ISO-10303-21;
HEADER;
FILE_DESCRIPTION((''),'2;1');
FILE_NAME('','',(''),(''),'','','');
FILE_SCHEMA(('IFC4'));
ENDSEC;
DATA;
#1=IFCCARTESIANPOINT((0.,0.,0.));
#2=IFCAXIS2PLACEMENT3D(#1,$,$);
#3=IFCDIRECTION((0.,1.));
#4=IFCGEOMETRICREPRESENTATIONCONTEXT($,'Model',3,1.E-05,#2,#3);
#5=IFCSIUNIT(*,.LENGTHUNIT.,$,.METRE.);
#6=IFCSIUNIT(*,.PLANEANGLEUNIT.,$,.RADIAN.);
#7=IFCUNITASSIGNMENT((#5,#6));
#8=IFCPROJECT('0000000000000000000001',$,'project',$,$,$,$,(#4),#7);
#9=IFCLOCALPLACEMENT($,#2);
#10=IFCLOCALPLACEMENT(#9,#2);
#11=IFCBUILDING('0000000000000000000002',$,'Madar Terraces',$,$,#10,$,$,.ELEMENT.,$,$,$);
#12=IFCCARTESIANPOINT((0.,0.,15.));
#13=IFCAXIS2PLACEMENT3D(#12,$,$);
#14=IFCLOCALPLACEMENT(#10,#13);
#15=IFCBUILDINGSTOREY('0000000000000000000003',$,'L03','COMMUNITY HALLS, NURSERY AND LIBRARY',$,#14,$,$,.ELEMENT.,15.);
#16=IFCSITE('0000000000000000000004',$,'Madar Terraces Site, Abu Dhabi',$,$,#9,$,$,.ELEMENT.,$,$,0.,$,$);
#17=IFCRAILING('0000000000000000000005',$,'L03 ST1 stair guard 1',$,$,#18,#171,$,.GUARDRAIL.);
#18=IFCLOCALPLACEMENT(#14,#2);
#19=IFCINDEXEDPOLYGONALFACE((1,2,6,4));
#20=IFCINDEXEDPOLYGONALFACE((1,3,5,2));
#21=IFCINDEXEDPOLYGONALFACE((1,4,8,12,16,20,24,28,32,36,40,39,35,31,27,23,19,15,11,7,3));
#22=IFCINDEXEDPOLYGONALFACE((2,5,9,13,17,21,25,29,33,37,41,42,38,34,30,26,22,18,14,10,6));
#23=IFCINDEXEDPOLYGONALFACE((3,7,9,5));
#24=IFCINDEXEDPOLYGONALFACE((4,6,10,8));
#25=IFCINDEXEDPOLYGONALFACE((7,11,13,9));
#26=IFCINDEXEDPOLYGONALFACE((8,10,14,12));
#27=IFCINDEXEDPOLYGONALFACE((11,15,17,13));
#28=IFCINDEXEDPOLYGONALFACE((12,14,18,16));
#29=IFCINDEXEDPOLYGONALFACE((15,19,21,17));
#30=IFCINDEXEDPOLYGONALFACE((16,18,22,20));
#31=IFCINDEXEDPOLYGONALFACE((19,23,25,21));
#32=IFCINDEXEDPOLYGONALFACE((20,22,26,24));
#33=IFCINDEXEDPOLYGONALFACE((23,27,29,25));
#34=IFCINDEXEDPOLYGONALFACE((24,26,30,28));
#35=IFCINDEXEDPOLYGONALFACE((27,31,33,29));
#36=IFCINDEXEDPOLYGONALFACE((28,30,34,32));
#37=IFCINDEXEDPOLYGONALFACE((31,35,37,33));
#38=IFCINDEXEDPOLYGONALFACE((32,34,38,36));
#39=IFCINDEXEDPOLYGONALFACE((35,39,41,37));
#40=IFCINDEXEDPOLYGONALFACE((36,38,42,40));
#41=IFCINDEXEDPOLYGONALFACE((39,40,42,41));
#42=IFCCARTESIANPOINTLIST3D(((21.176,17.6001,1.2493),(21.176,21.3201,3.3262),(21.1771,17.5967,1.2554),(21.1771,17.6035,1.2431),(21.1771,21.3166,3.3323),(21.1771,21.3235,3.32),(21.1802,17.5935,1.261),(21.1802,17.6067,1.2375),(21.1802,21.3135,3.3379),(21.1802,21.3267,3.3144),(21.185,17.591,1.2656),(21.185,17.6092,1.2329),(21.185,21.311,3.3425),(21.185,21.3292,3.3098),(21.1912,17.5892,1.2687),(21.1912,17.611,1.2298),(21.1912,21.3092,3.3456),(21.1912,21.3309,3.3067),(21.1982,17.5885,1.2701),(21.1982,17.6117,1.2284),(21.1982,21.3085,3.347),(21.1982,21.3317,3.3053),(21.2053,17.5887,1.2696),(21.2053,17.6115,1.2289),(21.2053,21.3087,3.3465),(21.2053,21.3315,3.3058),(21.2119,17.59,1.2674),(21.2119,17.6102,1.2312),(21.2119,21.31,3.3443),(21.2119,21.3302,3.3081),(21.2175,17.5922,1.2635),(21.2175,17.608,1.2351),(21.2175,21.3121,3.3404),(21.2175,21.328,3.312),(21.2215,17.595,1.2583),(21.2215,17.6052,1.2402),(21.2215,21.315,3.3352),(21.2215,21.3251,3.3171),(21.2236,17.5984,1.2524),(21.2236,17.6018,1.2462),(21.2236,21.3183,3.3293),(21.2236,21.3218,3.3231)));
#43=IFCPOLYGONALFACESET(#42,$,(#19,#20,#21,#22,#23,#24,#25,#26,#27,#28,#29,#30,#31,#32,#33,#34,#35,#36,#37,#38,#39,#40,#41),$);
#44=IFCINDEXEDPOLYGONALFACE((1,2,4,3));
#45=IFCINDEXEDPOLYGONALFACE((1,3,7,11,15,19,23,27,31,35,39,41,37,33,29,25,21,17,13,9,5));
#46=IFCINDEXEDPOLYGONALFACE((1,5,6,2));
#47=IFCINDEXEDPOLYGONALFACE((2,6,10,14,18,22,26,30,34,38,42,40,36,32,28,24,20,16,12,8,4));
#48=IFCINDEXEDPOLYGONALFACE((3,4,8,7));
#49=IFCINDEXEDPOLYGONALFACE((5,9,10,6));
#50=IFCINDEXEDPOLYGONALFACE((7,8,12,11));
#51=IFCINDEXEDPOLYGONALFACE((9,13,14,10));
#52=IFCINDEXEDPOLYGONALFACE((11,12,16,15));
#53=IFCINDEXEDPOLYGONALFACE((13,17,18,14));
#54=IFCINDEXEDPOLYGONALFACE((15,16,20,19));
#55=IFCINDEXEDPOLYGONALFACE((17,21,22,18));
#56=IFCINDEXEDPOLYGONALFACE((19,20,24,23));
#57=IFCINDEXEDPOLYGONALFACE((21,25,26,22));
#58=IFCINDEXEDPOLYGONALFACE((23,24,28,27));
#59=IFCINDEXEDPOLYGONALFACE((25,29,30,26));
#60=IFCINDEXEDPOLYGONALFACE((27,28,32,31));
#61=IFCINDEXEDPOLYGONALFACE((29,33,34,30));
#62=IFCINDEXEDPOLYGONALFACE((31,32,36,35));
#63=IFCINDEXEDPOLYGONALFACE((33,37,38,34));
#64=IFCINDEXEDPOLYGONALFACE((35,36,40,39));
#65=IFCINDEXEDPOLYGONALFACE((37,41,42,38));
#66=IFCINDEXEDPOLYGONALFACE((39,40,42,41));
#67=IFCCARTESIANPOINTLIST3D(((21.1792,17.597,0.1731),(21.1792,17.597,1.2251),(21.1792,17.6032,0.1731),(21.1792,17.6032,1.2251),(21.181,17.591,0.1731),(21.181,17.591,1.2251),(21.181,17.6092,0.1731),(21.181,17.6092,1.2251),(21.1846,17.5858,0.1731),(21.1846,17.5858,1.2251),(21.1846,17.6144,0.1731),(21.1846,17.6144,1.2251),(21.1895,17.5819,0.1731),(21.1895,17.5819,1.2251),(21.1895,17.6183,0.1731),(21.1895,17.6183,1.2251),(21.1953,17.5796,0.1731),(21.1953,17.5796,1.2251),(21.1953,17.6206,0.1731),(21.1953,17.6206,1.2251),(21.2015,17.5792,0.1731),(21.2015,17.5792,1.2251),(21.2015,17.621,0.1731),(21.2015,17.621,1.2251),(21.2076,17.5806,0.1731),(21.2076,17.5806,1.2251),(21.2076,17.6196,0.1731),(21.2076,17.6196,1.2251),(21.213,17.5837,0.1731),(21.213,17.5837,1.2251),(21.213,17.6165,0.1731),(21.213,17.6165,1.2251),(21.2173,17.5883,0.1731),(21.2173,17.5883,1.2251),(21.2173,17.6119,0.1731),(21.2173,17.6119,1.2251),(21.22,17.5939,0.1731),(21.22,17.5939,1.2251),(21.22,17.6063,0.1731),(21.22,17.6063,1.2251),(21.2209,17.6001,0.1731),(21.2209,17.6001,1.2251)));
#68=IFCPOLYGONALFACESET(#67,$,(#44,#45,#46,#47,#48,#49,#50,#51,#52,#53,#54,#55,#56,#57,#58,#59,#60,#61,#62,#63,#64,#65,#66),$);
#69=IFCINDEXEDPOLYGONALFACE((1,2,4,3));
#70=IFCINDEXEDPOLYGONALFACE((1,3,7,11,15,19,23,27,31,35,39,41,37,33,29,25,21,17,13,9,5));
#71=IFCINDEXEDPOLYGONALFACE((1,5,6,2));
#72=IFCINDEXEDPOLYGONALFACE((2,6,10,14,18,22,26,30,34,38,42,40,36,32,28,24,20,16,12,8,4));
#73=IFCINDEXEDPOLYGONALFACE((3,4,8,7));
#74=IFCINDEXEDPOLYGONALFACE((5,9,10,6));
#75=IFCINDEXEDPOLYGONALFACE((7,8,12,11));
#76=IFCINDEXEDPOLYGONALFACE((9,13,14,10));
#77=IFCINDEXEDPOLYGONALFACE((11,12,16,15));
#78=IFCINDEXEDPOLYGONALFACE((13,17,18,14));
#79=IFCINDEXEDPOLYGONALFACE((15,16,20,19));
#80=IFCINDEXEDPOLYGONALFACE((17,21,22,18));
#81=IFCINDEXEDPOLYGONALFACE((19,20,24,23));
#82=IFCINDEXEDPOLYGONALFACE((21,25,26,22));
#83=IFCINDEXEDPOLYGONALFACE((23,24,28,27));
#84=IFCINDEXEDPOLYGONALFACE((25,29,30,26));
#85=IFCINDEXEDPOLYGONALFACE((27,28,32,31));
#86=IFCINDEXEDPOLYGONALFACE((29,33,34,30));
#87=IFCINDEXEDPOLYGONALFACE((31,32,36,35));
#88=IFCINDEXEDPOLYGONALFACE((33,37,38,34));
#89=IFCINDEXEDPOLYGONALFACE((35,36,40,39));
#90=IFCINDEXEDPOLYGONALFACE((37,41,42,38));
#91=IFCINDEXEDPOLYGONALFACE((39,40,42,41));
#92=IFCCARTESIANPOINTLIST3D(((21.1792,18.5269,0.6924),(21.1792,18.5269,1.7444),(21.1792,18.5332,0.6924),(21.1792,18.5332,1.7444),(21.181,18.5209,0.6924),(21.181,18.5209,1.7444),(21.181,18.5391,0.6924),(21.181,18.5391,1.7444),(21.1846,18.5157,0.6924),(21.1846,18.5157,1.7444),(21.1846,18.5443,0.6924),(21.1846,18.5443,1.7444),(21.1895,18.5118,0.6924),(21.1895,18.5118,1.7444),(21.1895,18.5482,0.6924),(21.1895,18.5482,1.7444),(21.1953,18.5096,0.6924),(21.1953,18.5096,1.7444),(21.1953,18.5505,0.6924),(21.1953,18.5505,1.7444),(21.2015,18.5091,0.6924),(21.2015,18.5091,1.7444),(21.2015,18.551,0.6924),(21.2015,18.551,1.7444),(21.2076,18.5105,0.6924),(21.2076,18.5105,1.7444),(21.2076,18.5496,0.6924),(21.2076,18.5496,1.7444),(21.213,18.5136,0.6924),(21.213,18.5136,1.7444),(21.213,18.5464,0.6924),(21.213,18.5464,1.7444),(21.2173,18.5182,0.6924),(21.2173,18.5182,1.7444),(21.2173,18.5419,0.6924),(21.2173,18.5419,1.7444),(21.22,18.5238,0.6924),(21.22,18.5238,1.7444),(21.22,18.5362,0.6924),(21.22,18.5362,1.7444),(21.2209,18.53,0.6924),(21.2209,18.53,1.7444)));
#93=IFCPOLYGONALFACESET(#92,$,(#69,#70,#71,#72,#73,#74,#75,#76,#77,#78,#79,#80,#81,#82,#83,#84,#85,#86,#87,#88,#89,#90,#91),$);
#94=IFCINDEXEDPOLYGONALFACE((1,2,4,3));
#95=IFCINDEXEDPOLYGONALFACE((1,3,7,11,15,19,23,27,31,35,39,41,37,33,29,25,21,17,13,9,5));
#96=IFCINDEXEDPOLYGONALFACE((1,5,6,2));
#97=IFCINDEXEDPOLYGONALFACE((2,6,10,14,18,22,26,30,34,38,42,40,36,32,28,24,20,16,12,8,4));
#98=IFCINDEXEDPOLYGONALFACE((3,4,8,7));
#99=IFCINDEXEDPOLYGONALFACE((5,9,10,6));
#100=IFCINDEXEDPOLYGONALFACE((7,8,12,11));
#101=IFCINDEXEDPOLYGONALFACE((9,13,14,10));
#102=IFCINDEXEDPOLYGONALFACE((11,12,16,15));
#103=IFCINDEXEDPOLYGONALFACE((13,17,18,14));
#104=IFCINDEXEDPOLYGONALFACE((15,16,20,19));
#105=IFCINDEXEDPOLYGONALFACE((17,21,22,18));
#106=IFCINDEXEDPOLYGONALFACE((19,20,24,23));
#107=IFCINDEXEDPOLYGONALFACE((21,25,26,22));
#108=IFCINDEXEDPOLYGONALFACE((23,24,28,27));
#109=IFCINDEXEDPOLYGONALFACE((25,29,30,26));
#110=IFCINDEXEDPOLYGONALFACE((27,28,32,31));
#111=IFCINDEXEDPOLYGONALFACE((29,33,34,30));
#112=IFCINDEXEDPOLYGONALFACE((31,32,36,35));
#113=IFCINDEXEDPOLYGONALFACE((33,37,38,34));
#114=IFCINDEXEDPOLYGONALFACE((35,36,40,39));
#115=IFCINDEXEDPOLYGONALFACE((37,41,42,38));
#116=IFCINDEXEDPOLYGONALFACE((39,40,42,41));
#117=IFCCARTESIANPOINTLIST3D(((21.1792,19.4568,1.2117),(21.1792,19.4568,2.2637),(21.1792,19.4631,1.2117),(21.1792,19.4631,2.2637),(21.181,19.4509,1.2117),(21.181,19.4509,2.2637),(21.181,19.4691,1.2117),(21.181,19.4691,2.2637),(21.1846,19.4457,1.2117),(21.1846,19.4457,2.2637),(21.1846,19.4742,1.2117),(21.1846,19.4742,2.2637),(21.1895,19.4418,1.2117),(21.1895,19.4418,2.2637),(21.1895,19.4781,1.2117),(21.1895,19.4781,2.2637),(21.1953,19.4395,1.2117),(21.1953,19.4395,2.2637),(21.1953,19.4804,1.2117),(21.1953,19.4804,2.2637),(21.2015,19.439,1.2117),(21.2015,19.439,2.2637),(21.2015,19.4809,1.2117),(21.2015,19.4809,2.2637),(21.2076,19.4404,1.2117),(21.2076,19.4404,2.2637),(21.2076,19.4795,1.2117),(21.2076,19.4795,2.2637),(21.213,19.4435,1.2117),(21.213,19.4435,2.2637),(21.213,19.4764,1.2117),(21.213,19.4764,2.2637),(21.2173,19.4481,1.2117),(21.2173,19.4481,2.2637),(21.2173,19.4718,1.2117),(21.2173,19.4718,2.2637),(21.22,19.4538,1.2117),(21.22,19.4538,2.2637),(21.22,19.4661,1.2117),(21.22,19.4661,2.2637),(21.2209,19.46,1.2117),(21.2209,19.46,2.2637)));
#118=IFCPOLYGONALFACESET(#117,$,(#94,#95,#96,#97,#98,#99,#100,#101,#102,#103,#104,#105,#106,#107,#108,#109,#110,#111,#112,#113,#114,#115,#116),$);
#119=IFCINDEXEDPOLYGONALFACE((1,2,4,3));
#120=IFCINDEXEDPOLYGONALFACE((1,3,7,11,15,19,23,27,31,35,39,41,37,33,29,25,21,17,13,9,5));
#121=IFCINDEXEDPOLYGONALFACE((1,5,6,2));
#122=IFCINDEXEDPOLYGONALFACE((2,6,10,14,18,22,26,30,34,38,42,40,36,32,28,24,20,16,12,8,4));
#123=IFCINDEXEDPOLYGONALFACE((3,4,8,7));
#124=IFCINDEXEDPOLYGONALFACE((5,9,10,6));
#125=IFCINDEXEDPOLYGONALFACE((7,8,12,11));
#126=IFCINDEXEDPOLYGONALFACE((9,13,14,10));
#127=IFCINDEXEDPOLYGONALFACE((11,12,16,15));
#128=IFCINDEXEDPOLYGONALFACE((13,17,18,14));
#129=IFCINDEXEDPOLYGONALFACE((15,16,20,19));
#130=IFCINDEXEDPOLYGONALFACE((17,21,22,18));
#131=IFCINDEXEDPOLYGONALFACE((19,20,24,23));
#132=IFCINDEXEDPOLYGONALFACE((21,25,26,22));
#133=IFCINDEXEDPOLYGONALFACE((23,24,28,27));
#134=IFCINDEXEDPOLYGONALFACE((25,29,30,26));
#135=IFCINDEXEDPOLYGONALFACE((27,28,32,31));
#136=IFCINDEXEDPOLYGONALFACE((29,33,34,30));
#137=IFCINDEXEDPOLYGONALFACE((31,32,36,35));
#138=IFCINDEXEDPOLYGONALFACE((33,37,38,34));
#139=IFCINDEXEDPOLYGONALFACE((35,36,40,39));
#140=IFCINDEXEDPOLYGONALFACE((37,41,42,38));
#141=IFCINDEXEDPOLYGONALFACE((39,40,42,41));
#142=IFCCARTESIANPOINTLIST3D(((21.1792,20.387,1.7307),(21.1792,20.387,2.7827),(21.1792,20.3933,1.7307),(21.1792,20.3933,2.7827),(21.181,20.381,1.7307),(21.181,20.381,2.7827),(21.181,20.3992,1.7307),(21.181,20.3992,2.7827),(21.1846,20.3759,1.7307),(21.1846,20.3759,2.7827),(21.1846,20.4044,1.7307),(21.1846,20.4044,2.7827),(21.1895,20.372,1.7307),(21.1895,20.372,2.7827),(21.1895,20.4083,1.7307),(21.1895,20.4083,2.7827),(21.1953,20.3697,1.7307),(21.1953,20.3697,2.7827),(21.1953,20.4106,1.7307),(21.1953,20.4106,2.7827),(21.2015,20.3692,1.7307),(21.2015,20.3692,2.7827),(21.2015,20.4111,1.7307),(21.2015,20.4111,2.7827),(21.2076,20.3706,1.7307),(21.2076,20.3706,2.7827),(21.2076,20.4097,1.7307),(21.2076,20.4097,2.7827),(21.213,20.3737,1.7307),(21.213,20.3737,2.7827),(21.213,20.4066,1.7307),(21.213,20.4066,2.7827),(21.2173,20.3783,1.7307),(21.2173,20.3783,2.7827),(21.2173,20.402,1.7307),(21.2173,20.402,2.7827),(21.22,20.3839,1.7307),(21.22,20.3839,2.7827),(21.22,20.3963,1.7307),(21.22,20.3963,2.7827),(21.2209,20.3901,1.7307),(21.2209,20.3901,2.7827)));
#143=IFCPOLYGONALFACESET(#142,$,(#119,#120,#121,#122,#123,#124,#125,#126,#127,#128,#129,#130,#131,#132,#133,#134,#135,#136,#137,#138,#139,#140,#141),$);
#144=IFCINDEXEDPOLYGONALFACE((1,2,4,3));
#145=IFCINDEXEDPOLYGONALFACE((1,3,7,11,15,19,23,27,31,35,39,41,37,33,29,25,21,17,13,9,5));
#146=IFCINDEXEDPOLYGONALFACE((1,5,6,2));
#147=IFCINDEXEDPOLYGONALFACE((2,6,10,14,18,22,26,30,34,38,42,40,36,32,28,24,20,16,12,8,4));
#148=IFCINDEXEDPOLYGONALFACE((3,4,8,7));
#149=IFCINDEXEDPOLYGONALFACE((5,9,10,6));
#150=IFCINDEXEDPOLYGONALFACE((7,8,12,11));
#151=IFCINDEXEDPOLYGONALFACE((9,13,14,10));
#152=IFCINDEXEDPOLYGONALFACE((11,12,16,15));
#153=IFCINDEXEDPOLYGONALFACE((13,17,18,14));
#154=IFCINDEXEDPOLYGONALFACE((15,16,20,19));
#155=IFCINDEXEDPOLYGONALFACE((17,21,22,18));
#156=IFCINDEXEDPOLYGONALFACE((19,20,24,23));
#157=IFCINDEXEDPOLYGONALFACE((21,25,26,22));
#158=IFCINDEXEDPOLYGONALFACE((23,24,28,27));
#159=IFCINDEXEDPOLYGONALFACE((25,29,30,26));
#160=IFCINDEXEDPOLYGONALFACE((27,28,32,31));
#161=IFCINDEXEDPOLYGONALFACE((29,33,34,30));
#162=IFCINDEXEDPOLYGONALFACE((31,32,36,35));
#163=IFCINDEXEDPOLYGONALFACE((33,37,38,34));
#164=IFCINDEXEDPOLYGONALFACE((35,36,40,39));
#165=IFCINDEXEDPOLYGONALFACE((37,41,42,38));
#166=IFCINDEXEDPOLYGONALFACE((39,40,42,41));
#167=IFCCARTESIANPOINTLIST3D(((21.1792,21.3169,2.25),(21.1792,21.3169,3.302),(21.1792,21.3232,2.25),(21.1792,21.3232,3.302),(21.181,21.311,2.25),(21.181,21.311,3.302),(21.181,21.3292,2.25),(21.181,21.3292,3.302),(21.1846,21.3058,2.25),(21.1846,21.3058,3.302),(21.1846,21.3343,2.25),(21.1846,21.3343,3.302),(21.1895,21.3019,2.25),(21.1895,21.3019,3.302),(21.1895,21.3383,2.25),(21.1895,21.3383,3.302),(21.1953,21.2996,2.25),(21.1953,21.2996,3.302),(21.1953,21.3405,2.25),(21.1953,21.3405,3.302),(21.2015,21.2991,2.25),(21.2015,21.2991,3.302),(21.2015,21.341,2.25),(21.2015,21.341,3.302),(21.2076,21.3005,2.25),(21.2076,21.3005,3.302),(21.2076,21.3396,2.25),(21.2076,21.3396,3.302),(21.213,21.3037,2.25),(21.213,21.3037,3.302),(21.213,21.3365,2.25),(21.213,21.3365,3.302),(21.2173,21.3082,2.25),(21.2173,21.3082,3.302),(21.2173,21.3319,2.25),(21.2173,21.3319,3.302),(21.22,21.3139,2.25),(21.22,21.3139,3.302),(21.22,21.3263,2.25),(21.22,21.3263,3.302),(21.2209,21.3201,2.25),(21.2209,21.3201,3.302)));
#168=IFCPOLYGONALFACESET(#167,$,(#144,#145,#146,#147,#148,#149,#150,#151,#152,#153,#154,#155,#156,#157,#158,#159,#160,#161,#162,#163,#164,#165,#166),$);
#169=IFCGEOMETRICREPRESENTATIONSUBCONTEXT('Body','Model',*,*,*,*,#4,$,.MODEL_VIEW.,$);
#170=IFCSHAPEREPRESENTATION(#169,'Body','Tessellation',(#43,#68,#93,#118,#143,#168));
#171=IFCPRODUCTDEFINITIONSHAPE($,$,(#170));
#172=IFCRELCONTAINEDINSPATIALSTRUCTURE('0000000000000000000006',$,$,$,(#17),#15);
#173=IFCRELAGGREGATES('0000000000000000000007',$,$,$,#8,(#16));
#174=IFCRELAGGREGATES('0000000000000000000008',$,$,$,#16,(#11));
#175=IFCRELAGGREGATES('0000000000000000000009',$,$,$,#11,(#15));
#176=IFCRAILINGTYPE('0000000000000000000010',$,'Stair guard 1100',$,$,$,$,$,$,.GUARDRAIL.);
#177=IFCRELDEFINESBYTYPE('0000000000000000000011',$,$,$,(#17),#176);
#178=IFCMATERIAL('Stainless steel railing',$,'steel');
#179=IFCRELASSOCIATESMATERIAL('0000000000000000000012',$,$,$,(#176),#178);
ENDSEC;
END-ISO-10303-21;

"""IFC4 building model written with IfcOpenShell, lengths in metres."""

from ifc_helpers import new_model, si_unit, direction, frame, origin, origin_2d, place, context, subcontext, project, spatial, circle, extrude, material, type_object, element, save


model = new_model("IFC4")

# Units and contexts
model_context = context("Model", 3, precision=1e-05, world=origin(), true_north=direction((0.0, 1.0)))
body_context = subcontext(model_context, "Body", "Model", "MODEL_VIEW")
ifc_project = project(units=[si_unit("LENGTHUNIT", "METRE"), si_unit("PLANEANGLEUNIT", "RADIAN")], contexts=[model_context])

# Site, building, storey
site_placement = place(None, origin())
site = spatial("IfcSite", under=ifc_project, at=site_placement, Name="Madar Terraces Site, Abu Dhabi", CompositionType="ELEMENT", RefElevation=0.0)
building_placement = place(site_placement, origin())
building = spatial("IfcBuilding", under=site, at=building_placement, Name="Madar Terraces", CompositionType="ELEMENT")
storey_placement = place(building_placement, frame((0.0, 0.0, 15.0)))
storey = spatial("IfcBuildingStorey", under=building, at=storey_placement, Name="L03", Description="COMMUNITY HALLS, NURSERY AND LIBRARY", CompositionType="ELEMENT", Elevation=15.0)

# Railing
ifc_material_1 = material(Name="Stainless steel railing", Category="steel")
railing_type_1 = type_object("IfcRailingType", Name="Stair guard 1100", PredefinedType="GUARDRAIL", material=ifc_material_1)
railing_1_placement = place(storey_placement, frame((21.2, 17.6001, 0.1731)))
element("IfcRailing", 1, at=railing_1_placement, inside=storey, type_object=railing_type_1, Name="L03 ST1 stair guard 1", PredefinedType="GUARDRAIL", context=body_context, shape_type="SweptSolid", body=[
    extrude(circle(Radius=0.0239, at=origin_2d()), frame((0.0, 0.0, 1.0762), z_axis=(0.0, 0.873134, 0.487481), x_axis=(-1.0, 0.0, 0.0)), (0.0, 0.0, 1.0), 4.2605),
    extrude(circle(Radius=0.021, at=origin_2d()), origin(), (0.0, 0.0, 1.0), 1.052),
    extrude(circle(Radius=0.021, at=origin_2d()), frame((0.0, 0.9299, 0.5193)), (0.0, 0.0, 1.0), 1.052),
    extrude(circle(Radius=0.021, at=origin_2d()), frame((0.0, 1.8599, 1.0386)), (0.0, 0.0, 1.0), 1.052),
    extrude(circle(Radius=0.021, at=origin_2d()), frame((0.0, 2.79, 1.5576)), (0.0, 0.0, 1.0), 1.052),
    extrude(circle(Radius=0.021, at=origin_2d()), frame((0.0, 3.72, 2.0769)), (0.0, 0.0, 1.0), 1.052),
])

save(model, "model.ifc")
